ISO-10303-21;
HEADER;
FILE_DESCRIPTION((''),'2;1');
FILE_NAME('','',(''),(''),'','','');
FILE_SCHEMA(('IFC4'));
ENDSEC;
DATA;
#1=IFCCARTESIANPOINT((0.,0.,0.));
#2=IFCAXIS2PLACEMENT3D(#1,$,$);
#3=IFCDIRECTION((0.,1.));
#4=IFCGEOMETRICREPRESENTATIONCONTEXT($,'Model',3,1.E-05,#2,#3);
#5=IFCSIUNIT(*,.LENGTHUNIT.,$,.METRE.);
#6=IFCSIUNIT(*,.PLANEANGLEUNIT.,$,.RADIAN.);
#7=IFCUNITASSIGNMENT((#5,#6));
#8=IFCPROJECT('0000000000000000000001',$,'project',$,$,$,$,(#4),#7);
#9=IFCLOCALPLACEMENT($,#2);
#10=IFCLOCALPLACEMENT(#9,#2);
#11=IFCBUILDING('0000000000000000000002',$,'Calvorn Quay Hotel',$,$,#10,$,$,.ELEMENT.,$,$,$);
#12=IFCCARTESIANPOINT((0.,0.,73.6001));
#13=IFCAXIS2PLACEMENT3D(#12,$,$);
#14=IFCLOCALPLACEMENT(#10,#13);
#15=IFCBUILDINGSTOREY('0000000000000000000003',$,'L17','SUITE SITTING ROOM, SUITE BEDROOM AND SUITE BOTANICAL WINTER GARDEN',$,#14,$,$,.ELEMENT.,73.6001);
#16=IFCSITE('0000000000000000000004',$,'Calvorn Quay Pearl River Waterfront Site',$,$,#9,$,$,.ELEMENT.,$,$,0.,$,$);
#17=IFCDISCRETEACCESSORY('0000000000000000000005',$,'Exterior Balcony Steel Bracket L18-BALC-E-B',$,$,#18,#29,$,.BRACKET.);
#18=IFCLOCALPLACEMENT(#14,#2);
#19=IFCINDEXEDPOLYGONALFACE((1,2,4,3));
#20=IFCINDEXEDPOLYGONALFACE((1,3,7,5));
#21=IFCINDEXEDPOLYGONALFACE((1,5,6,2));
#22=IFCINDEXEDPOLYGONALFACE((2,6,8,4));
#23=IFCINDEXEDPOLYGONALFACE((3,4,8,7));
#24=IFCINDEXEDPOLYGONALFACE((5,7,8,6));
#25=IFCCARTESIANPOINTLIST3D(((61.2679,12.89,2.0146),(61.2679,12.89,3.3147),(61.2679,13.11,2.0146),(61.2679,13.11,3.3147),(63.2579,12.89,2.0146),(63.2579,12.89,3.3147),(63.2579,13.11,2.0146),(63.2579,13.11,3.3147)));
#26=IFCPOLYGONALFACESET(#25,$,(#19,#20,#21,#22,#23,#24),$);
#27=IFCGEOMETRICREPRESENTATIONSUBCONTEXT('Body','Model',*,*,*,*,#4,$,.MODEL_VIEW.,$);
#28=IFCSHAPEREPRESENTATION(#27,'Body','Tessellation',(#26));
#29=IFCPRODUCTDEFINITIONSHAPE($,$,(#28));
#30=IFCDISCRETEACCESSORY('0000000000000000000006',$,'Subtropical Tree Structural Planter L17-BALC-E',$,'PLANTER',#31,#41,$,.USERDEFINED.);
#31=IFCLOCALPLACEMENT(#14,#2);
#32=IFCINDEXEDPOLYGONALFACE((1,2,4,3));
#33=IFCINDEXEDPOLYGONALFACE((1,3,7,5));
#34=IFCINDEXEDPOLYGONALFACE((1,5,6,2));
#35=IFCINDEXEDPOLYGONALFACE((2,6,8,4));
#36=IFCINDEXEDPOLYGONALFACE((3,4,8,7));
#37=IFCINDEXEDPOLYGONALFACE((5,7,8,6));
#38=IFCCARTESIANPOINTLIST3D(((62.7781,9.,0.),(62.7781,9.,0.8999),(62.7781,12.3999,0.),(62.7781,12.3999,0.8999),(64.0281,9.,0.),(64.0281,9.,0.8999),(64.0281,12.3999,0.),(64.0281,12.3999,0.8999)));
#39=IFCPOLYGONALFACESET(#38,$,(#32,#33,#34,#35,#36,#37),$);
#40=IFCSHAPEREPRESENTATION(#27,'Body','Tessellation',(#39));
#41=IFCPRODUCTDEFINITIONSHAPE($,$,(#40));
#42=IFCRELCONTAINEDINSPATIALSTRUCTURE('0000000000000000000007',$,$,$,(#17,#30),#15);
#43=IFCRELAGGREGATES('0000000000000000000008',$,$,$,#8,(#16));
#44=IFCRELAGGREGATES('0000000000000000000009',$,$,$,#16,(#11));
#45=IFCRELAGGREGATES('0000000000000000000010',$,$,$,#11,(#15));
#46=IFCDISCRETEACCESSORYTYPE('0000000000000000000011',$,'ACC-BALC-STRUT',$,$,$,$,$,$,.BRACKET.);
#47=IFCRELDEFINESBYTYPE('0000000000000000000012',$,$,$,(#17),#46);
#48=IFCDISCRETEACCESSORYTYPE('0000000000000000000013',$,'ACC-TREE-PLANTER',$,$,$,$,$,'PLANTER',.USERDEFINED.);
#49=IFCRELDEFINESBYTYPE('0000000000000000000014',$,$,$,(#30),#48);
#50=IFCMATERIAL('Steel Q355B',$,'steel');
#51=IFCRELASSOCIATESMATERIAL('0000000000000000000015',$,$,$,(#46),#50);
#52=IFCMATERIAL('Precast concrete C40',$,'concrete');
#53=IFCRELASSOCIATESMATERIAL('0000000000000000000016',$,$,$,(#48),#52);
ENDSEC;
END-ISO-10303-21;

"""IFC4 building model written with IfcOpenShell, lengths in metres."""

from ifc_helpers import new_model, si_unit, direction, frame, origin, origin_2d, place, context, subcontext, project, spatial, rectangle, extrude, material, type_object, element, save


model = new_model("IFC4")

# Units and contexts
model_context = context("Model", 3, precision=1e-05, world=origin(), true_north=direction((0.0, 1.0)))
body_context = subcontext(model_context, "Body", "Model", "MODEL_VIEW")
ifc_project = project(units=[si_unit("LENGTHUNIT", "METRE"), si_unit("PLANEANGLEUNIT", "RADIAN")], contexts=[model_context])

# Site, building, storey
site_placement = place(None, origin())
site = spatial("IfcSite", under=ifc_project, at=site_placement, Name="Calvorn Quay Pearl River Waterfront Site", CompositionType="ELEMENT", RefElevation=0.0)
building_placement = place(site_placement, origin())
building = spatial("IfcBuilding", under=site, at=building_placement, Name="Calvorn Quay Hotel", CompositionType="ELEMENT")
storey_placement = place(building_placement, frame((0.0, 0.0, 73.6001)))
storey = spatial("IfcBuildingStorey", under=building, at=storey_placement, Name="L17", Description="SUITE SITTING ROOM, SUITE BEDROOM AND SUITE BOTANICAL WINTER GARDEN", CompositionType="ELEMENT", Elevation=73.6001)

# Discrete accessories
ifc_material_1 = material(Name="Steel Q355B", Category="steel")
discrete_accessory_type_1 = type_object("IfcDiscreteAccessoryType", Name="ACC-BALC-STRUT", PredefinedType="BRACKET", material=ifc_material_1)
for number, where, z_axis, x_axis, name in (
    (1, (62.2629, 13.0, 2.0146), (0.0, 0.0, 1.0), (1.0, 0.0, 0.0), "Exterior Balcony Steel Bracket L18-BALC-E-B"),
):
    element("IfcDiscreteAccessory", number, at=place(storey_placement, frame(where, z_axis=z_axis, x_axis=x_axis)), inside=storey, type_object=discrete_accessory_type_1, Name=name, PredefinedType="BRACKET", context=body_context, shape_type="SweptSolid", body=[
        extrude(rectangle(XDim=1.99, YDim=0.22, at=origin_2d()), origin(), (0.0, 0.0, 1.0), 1.3),
    ])
ifc_material_2 = material(Name="Precast concrete C40", Category="concrete")
discrete_accessory_type_2 = type_object("IfcDiscreteAccessoryType", Name="ACC-TREE-PLANTER", ElementType="PLANTER", PredefinedType="USERDEFINED", material=ifc_material_2)
discrete_accessory_placement = place(storey_placement, frame((63.4031, 10.7, 0.0), z_axis=(0.0, 0.0, 1.0), x_axis=(1.0, 0.0, 0.0)))
element("IfcDiscreteAccessory", 2, at=discrete_accessory_placement, inside=storey, type_object=discrete_accessory_type_2, Name="Subtropical Tree Structural Planter L17-BALC-E", ObjectType="PLANTER", PredefinedType="USERDEFINED", context=body_context, shape_type="SweptSolid", body=[
    extrude(rectangle(XDim=1.25, YDim=3.3999, at=origin_2d()), origin(), (0.0, 0.0, 1.0), 0.8999),
])

save(model, "model.ifc")
